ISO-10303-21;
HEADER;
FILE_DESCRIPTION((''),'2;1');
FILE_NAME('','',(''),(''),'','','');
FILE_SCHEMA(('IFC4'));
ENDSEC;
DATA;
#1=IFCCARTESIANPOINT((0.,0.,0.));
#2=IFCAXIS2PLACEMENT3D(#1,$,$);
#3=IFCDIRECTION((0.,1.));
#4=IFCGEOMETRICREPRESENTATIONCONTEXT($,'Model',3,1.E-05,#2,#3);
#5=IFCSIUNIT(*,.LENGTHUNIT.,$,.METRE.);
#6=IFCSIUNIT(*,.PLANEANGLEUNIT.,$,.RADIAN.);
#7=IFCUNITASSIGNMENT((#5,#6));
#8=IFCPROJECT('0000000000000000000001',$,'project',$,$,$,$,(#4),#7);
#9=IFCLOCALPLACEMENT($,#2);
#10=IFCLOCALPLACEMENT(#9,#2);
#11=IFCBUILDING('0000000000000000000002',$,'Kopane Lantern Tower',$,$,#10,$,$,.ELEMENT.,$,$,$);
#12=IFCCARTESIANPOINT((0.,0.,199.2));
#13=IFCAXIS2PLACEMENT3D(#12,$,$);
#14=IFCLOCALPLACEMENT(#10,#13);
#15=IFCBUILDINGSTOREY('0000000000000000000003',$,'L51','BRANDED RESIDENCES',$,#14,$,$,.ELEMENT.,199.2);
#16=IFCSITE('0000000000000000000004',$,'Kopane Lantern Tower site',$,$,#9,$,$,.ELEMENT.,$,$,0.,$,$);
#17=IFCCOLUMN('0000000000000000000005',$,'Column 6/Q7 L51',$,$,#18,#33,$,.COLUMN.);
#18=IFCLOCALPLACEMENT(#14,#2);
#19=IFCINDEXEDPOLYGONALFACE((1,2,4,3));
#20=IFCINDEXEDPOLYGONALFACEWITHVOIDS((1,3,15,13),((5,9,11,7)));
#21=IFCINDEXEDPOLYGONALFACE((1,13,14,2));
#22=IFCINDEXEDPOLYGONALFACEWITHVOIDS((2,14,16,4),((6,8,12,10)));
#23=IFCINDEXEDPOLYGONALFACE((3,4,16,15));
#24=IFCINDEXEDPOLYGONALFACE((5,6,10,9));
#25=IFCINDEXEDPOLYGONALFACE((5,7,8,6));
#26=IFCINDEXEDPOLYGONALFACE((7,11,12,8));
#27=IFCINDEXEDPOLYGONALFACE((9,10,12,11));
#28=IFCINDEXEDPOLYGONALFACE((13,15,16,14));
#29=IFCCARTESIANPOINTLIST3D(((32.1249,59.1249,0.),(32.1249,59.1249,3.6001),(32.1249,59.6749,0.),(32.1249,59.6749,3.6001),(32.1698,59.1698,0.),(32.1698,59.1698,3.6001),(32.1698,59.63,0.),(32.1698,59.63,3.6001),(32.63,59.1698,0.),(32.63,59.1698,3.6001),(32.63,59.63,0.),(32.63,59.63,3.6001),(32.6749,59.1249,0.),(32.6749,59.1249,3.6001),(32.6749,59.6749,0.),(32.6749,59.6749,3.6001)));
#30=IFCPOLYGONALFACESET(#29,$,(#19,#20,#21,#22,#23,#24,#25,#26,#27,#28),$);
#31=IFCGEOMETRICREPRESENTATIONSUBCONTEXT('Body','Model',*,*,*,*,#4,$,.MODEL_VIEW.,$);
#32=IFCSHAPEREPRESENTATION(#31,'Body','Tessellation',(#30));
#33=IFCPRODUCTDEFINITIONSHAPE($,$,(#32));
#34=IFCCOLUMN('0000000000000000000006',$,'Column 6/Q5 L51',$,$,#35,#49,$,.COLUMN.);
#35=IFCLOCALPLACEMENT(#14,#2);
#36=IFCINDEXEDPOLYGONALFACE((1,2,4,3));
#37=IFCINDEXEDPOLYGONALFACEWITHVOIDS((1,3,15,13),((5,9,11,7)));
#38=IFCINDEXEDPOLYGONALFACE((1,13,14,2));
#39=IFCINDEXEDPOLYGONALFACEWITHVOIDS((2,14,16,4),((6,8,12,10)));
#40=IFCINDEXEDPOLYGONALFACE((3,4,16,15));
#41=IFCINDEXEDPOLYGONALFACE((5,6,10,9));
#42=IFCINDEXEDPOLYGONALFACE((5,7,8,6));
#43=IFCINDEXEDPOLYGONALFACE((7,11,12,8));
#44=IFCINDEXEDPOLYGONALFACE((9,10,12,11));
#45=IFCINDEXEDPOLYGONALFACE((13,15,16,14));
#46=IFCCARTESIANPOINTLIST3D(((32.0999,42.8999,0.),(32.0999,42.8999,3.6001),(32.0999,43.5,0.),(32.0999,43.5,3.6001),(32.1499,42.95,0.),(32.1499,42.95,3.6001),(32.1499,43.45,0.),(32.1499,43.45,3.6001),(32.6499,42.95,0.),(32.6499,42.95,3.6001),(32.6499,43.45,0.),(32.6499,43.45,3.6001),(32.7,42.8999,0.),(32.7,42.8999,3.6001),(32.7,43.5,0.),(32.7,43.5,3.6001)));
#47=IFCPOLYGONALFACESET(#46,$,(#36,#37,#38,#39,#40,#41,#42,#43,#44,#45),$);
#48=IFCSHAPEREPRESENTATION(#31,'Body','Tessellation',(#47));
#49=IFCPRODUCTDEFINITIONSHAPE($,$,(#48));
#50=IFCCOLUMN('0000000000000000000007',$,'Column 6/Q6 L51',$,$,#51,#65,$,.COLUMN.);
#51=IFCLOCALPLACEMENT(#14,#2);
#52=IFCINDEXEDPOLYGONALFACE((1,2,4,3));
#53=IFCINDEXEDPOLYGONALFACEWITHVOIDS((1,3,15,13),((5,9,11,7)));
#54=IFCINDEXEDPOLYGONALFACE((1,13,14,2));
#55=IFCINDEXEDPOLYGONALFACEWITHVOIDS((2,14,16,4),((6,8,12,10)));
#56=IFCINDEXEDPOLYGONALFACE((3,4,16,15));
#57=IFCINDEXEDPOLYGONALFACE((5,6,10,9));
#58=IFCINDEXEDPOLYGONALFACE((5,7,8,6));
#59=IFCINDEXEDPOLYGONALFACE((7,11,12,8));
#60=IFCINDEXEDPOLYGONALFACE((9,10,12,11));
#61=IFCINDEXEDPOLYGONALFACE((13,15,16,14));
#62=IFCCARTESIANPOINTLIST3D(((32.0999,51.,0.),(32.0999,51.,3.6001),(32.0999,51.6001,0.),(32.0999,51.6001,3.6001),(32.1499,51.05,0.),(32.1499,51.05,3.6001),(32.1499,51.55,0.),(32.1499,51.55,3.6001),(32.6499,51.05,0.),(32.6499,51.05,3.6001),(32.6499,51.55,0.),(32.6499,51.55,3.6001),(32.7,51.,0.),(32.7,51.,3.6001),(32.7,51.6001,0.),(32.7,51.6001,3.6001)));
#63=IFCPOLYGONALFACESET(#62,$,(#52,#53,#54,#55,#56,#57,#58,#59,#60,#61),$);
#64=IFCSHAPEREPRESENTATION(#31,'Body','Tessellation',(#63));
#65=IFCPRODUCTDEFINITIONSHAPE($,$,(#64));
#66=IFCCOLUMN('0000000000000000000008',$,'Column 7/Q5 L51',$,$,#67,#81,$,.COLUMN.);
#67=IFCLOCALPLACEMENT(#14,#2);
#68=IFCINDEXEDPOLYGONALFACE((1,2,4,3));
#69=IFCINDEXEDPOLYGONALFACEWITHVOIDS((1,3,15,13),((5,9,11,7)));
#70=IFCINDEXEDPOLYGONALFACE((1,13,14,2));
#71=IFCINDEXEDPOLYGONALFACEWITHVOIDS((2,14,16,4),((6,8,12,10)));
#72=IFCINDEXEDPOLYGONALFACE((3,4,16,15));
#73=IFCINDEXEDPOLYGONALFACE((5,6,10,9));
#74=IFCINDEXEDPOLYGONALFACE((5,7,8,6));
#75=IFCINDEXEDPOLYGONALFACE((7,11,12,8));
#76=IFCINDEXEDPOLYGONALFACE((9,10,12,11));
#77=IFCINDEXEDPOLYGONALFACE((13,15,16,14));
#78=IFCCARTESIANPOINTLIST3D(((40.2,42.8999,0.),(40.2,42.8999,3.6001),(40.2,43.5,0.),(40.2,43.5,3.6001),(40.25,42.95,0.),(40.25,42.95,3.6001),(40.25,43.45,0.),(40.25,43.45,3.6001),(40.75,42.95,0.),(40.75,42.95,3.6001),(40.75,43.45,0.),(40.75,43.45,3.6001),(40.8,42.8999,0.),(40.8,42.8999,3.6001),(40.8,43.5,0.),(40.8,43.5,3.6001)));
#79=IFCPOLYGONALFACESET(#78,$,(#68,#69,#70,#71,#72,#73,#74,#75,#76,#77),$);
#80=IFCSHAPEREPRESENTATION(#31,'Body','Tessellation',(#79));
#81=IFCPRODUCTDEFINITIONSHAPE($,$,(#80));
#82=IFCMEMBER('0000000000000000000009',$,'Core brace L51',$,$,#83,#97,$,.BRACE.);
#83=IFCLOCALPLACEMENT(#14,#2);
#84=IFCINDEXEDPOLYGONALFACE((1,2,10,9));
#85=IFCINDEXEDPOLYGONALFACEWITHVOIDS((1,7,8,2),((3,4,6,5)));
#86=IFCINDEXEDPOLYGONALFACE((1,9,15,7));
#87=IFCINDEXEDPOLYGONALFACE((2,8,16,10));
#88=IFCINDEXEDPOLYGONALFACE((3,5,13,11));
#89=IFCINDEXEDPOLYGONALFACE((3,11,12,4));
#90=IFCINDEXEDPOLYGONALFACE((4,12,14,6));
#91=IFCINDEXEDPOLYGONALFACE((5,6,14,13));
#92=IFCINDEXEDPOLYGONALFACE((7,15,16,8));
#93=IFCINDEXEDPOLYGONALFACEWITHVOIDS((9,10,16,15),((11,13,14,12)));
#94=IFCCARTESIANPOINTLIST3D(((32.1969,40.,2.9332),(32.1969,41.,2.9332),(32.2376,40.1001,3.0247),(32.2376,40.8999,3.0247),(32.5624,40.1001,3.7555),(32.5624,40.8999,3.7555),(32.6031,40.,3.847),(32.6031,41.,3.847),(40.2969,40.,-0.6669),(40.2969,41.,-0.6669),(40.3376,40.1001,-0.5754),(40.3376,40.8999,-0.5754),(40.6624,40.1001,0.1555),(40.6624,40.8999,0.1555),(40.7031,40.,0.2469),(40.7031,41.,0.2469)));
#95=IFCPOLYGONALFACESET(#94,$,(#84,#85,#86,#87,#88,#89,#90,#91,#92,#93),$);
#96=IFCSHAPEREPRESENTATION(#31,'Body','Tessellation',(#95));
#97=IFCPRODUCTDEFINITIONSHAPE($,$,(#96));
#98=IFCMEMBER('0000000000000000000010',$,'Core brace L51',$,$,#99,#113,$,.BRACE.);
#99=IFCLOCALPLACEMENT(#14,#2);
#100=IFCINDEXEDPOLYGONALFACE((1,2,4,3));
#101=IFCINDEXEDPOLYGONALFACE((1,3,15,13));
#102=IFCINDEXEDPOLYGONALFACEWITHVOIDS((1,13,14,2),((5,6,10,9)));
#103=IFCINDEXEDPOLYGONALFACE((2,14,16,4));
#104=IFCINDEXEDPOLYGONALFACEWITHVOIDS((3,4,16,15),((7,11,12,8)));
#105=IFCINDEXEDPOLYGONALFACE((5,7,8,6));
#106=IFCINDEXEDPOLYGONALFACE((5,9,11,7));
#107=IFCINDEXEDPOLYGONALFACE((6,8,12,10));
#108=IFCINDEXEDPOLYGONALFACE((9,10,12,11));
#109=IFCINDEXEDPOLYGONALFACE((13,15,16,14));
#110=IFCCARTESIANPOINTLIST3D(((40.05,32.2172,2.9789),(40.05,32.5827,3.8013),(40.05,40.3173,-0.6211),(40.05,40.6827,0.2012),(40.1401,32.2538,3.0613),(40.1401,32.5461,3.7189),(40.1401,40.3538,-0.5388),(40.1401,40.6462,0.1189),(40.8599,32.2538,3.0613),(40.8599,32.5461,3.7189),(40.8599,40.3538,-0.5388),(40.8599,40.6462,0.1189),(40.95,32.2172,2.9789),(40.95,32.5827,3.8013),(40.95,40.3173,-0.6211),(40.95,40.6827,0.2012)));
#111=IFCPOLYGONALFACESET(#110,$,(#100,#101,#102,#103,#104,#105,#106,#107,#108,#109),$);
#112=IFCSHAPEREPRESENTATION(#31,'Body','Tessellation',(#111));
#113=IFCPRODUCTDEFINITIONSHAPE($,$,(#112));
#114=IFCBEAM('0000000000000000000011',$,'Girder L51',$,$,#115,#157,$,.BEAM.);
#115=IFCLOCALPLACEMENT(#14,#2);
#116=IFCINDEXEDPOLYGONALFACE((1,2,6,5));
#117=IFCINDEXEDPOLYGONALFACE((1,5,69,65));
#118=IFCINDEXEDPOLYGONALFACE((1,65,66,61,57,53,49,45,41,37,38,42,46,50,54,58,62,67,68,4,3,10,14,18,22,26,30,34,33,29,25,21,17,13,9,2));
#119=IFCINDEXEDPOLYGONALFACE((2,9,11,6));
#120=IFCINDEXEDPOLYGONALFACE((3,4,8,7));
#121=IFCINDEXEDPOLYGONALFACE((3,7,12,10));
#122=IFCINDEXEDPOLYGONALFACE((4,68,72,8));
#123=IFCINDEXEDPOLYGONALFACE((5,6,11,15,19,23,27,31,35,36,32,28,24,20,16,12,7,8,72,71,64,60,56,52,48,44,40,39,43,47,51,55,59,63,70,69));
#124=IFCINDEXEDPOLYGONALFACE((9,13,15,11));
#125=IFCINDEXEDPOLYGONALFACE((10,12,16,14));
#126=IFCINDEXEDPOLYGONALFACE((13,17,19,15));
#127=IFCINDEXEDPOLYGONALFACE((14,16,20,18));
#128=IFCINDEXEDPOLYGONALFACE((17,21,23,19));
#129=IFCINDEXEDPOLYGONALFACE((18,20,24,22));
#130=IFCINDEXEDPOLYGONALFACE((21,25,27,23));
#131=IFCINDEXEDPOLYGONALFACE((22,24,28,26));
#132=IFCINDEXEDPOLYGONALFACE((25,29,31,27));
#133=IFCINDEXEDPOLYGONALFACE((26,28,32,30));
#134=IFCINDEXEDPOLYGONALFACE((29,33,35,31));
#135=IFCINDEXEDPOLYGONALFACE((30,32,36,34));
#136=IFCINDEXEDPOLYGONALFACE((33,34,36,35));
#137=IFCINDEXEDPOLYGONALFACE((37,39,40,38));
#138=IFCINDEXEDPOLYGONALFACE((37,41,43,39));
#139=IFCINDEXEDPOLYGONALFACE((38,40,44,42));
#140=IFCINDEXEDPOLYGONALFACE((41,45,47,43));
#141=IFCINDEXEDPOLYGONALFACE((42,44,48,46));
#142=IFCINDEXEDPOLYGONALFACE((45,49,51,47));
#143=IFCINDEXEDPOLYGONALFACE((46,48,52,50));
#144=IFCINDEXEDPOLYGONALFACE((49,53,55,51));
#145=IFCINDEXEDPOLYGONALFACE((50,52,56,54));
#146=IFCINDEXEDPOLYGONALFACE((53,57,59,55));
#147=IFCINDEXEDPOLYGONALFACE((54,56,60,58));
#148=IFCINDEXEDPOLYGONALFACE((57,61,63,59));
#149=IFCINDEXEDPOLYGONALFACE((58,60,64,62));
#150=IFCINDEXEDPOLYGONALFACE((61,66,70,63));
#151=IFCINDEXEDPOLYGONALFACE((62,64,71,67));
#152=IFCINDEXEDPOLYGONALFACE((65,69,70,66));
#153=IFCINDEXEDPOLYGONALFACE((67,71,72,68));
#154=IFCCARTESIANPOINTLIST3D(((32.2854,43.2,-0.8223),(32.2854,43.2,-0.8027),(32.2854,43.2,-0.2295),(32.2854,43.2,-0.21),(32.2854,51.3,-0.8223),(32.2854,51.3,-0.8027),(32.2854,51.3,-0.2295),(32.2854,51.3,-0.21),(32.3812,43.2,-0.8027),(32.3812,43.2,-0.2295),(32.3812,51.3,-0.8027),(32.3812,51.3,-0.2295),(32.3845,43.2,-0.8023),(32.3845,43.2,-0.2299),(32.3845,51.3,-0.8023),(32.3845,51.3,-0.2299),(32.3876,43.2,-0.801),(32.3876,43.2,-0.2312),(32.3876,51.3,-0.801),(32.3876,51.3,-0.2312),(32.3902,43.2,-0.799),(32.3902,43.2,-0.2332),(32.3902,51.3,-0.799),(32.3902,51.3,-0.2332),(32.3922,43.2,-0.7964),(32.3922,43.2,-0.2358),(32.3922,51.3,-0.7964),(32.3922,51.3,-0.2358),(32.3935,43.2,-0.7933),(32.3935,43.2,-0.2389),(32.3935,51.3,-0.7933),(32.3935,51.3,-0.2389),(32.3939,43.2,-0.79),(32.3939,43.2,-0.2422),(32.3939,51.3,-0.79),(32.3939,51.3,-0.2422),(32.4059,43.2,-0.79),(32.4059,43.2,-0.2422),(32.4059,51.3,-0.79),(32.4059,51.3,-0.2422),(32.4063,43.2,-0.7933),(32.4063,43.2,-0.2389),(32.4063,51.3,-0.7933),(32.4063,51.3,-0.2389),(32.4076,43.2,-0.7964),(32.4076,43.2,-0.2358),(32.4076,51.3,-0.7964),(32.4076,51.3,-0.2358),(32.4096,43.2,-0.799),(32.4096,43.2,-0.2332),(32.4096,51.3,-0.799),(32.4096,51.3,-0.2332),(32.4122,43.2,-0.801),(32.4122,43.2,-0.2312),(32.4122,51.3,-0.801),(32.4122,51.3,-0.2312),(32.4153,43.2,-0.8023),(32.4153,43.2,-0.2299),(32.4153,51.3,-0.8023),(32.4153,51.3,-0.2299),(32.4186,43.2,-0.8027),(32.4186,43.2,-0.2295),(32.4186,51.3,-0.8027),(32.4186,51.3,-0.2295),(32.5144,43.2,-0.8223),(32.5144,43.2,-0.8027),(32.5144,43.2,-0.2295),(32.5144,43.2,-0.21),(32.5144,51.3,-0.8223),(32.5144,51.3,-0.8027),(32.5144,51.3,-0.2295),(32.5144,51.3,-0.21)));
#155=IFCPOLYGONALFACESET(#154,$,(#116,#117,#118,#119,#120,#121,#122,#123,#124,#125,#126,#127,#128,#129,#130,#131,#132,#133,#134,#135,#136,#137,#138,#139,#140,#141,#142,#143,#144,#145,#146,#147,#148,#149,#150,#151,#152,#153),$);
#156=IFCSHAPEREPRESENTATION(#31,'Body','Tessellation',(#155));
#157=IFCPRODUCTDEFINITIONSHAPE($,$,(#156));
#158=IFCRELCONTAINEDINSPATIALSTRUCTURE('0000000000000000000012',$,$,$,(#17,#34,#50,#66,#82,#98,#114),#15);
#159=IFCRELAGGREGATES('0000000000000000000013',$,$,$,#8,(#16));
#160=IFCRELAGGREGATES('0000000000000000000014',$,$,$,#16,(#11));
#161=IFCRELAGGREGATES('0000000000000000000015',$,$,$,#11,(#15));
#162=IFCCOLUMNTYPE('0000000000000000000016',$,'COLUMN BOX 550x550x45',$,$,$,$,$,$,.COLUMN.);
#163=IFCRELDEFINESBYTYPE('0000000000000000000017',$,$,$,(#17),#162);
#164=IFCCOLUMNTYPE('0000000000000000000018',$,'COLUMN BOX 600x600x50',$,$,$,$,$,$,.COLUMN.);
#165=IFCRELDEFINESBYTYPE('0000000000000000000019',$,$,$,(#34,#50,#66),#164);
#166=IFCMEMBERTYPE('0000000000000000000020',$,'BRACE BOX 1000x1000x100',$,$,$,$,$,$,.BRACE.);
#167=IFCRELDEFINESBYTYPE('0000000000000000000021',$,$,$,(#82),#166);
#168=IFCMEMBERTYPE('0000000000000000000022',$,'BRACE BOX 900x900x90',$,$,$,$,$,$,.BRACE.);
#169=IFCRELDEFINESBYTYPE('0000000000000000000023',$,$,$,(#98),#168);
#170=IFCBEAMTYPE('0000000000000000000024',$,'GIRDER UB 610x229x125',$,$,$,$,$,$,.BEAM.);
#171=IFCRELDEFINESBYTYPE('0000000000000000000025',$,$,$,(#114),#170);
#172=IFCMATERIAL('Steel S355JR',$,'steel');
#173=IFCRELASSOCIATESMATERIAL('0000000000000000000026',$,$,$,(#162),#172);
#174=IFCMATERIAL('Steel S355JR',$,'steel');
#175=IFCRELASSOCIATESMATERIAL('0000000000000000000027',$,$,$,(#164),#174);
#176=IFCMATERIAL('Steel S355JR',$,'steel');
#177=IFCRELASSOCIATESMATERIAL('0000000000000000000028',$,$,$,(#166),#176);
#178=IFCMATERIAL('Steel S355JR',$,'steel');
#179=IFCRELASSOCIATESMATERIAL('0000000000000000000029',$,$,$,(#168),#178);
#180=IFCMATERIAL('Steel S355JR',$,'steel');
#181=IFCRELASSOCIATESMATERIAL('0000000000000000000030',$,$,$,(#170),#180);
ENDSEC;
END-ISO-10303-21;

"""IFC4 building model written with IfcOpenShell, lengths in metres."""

from ifc_helpers import new_model, si_unit, direction, frame, origin, origin_2d, place, context, subcontext, project, spatial, hollow_rectangle, i_section, extrude, material, material_profile, profile_set, type_object, element, save


model = new_model("IFC4")

# Units and contexts
model_context = context("Model", 3, precision=1e-05, world=origin(), true_north=direction((0.0, 1.0)))
body_context = subcontext(model_context, "Body", "Model", "MODEL_VIEW")
ifc_project = project(units=[si_unit("LENGTHUNIT", "METRE"), si_unit("PLANEANGLEUNIT", "RADIAN")], contexts=[model_context])

# Site, building, storey
site_placement = place(None, origin())
site = spatial("IfcSite", under=ifc_project, at=site_placement, Name="Kopane Lantern Tower site", CompositionType="ELEMENT", RefElevation=0.0)
building_placement = place(site_placement, origin())
building = spatial("IfcBuilding", under=site, at=building_placement, Name="Kopane Lantern Tower", CompositionType="ELEMENT")
storey_placement = place(building_placement, frame((0.0, 0.0, 199.2)))
storey = spatial("IfcBuildingStorey", under=building, at=storey_placement, Name="L51", Description="BRANDED RESIDENCES", CompositionType="ELEMENT", Elevation=199.2)

# Columns
ifc_material_1 = material(Name="Steel S355JR", Category="steel")
ifc_material_profile_1 = material_profile(ifc_material_1, hollow_rectangle(XDim=0.55, YDim=0.55, WallThickness=0.0449, at=origin_2d()), Name="BOX 550x550x45")
ifc_profile_set_1 = profile_set([ifc_material_profile_1], Name="Steel S355JR")
column_type_1 = type_object("IfcColumnType", Name="COLUMN BOX 550x550x45", PredefinedType="COLUMN", material=ifc_profile_set_1)
column_placement = place(storey_placement, frame((32.3999, 59.3999, 0.0), z_axis=(0.0, 0.0, 1.0), x_axis=(1.0, 0.0, 0.0)))
element("IfcColumn", 1, at=column_placement, inside=storey, type_object=column_type_1, Name="Column 6/Q7 L51", PredefinedType="COLUMN", context=body_context, shape_type="SweptSolid", body=[
    extrude(hollow_rectangle(XDim=0.55, YDim=0.55, WallThickness=0.0449, at=origin_2d()), origin(), (0.0, 0.0, 1.0), 3.6001),
])
ifc_material_2 = material(Name="Steel S355JR", Category="steel")
ifc_material_profile_2 = material_profile(ifc_material_2, hollow_rectangle(XDim=0.6001, YDim=0.6001, WallThickness=0.05, at=origin_2d()), Name="BOX 600x600x50")
ifc_profile_set_2 = profile_set([ifc_material_profile_2], Name="Steel S355JR")
column_type_2 = type_object("IfcColumnType", Name="COLUMN BOX 600x600x50", PredefinedType="COLUMN", material=ifc_profile_set_2)
for number, where, z_axis, x_axis, name in (
    (2, (32.3999, 43.2, 0.0), (0.0, 0.0, 1.0), (1.0, 0.0, 0.0), "Column 6/Q5 L51"),
    (3, (32.3999, 51.3, 0.0), (0.0, 0.0, 1.0), (1.0, 0.0, 0.0), "Column 6/Q6 L51"),
    (4, (40.5, 43.2, 0.0), (0.0, 0.0, 1.0), (1.0, 0.0, 0.0), "Column 7/Q5 L51"),
):
    element("IfcColumn", number, at=place(storey_placement, frame(where, z_axis=z_axis, x_axis=x_axis)), inside=storey, type_object=column_type_2, Name=name, PredefinedType="COLUMN", context=body_context, shape_type="SweptSolid", body=[
        extrude(hollow_rectangle(XDim=0.6001, YDim=0.6001, WallThickness=0.05, at=origin_2d()), origin(), (0.0, 0.0, 1.0), 3.6001),
    ])

# Members
ifc_material_3 = material(Name="Steel S355JR", Category="steel")
ifc_material_profile_3 = material_profile(ifc_material_3, hollow_rectangle(XDim=1.0, YDim=1.0, WallThickness=0.1001, at=origin_2d()), Name="BOX 1000x1000x100")
ifc_profile_set_3 = profile_set([ifc_material_profile_3], Name="Steel S355JR")
member_type_1 = type_object("IfcMemberType", Name="BRACE BOX 1000x1000x100", PredefinedType="BRACE", material=ifc_profile_set_3)
member_1_placement = place(storey_placement, frame((40.5, 40.5, -0.21), z_axis=(-0.913809, 0.0, 0.406144), x_axis=(0.0, -1.0, 0.0)))
element("IfcMember", 5, at=member_1_placement, inside=storey, type_object=member_type_1, Name="Core brace L51", PredefinedType="BRACE", context=body_context, shape_type="SweptSolid", body=[
    extrude(hollow_rectangle(XDim=1.0, YDim=1.0, WallThickness=0.1001, at=origin_2d()), origin(), (0.0, 0.0, 1.0), 8.864),
])
ifc_material_4 = material(Name="Steel S355JR", Category="steel")
ifc_material_profile_4 = material_profile(ifc_material_4, hollow_rectangle(XDim=0.8999, YDim=0.8999, WallThickness=0.0901, at=origin_2d()), Name="BOX 900x900x90")
ifc_profile_set_4 = profile_set([ifc_material_profile_4], Name="Steel S355JR")
member_type_2 = type_object("IfcMemberType", Name="BRACE BOX 900x900x90", PredefinedType="BRACE", material=ifc_profile_set_4)
member_2_placement = place(storey_placement, frame((40.5, 40.5, -0.21), z_axis=(0.0, -0.913809, 0.406144), x_axis=(1.0, 0.0, 0.0)))
element("IfcMember", 6, at=member_2_placement, inside=storey, type_object=member_type_2, Name="Core brace L51", PredefinedType="BRACE", context=body_context, shape_type="SweptSolid", body=[
    extrude(hollow_rectangle(XDim=0.8999, YDim=0.8999, WallThickness=0.0901, at=origin_2d()), origin(), (0.0, 0.0, 1.0), 8.864),
])

# Beam
ifc_material_5 = material(Name="Steel S355JR", Category="steel")
ifc_material_profile_5 = material_profile(ifc_material_5, i_section(OverallWidth=0.229, OverallDepth=0.6123, WebThickness=0.012, FlangeThickness=0.0195, FilletRadius=0.0127, at=origin_2d()), Name="UB 610x229x125")
ifc_profile_set_5 = profile_set([ifc_material_profile_5], Name="Steel S355JR")
beam_type = type_object("IfcBeamType", Name="GIRDER UB 610x229x125", PredefinedType="BEAM", material=ifc_profile_set_5)
for number, where, z_axis, x_axis, name in (
    (7, (32.3999, 43.2, -0.5161), (0.0, 1.0, 0.0), (-1.0, 0.0, 0.0), "Girder L51"),
):
    element("IfcBeam", number, at=place(storey_placement, frame(where, z_axis=z_axis, x_axis=x_axis)), inside=storey, type_object=beam_type, Name=name, PredefinedType="BEAM", context=body_context, shape_type="SweptSolid", body=[
        extrude(i_section(OverallWidth=0.229, OverallDepth=0.6123, WebThickness=0.012, FlangeThickness=0.0195, FilletRadius=0.0127, at=origin_2d()), origin(), (0.0, 0.0, 1.0), 8.1001),
    ])

save(model, "model.ifc")
